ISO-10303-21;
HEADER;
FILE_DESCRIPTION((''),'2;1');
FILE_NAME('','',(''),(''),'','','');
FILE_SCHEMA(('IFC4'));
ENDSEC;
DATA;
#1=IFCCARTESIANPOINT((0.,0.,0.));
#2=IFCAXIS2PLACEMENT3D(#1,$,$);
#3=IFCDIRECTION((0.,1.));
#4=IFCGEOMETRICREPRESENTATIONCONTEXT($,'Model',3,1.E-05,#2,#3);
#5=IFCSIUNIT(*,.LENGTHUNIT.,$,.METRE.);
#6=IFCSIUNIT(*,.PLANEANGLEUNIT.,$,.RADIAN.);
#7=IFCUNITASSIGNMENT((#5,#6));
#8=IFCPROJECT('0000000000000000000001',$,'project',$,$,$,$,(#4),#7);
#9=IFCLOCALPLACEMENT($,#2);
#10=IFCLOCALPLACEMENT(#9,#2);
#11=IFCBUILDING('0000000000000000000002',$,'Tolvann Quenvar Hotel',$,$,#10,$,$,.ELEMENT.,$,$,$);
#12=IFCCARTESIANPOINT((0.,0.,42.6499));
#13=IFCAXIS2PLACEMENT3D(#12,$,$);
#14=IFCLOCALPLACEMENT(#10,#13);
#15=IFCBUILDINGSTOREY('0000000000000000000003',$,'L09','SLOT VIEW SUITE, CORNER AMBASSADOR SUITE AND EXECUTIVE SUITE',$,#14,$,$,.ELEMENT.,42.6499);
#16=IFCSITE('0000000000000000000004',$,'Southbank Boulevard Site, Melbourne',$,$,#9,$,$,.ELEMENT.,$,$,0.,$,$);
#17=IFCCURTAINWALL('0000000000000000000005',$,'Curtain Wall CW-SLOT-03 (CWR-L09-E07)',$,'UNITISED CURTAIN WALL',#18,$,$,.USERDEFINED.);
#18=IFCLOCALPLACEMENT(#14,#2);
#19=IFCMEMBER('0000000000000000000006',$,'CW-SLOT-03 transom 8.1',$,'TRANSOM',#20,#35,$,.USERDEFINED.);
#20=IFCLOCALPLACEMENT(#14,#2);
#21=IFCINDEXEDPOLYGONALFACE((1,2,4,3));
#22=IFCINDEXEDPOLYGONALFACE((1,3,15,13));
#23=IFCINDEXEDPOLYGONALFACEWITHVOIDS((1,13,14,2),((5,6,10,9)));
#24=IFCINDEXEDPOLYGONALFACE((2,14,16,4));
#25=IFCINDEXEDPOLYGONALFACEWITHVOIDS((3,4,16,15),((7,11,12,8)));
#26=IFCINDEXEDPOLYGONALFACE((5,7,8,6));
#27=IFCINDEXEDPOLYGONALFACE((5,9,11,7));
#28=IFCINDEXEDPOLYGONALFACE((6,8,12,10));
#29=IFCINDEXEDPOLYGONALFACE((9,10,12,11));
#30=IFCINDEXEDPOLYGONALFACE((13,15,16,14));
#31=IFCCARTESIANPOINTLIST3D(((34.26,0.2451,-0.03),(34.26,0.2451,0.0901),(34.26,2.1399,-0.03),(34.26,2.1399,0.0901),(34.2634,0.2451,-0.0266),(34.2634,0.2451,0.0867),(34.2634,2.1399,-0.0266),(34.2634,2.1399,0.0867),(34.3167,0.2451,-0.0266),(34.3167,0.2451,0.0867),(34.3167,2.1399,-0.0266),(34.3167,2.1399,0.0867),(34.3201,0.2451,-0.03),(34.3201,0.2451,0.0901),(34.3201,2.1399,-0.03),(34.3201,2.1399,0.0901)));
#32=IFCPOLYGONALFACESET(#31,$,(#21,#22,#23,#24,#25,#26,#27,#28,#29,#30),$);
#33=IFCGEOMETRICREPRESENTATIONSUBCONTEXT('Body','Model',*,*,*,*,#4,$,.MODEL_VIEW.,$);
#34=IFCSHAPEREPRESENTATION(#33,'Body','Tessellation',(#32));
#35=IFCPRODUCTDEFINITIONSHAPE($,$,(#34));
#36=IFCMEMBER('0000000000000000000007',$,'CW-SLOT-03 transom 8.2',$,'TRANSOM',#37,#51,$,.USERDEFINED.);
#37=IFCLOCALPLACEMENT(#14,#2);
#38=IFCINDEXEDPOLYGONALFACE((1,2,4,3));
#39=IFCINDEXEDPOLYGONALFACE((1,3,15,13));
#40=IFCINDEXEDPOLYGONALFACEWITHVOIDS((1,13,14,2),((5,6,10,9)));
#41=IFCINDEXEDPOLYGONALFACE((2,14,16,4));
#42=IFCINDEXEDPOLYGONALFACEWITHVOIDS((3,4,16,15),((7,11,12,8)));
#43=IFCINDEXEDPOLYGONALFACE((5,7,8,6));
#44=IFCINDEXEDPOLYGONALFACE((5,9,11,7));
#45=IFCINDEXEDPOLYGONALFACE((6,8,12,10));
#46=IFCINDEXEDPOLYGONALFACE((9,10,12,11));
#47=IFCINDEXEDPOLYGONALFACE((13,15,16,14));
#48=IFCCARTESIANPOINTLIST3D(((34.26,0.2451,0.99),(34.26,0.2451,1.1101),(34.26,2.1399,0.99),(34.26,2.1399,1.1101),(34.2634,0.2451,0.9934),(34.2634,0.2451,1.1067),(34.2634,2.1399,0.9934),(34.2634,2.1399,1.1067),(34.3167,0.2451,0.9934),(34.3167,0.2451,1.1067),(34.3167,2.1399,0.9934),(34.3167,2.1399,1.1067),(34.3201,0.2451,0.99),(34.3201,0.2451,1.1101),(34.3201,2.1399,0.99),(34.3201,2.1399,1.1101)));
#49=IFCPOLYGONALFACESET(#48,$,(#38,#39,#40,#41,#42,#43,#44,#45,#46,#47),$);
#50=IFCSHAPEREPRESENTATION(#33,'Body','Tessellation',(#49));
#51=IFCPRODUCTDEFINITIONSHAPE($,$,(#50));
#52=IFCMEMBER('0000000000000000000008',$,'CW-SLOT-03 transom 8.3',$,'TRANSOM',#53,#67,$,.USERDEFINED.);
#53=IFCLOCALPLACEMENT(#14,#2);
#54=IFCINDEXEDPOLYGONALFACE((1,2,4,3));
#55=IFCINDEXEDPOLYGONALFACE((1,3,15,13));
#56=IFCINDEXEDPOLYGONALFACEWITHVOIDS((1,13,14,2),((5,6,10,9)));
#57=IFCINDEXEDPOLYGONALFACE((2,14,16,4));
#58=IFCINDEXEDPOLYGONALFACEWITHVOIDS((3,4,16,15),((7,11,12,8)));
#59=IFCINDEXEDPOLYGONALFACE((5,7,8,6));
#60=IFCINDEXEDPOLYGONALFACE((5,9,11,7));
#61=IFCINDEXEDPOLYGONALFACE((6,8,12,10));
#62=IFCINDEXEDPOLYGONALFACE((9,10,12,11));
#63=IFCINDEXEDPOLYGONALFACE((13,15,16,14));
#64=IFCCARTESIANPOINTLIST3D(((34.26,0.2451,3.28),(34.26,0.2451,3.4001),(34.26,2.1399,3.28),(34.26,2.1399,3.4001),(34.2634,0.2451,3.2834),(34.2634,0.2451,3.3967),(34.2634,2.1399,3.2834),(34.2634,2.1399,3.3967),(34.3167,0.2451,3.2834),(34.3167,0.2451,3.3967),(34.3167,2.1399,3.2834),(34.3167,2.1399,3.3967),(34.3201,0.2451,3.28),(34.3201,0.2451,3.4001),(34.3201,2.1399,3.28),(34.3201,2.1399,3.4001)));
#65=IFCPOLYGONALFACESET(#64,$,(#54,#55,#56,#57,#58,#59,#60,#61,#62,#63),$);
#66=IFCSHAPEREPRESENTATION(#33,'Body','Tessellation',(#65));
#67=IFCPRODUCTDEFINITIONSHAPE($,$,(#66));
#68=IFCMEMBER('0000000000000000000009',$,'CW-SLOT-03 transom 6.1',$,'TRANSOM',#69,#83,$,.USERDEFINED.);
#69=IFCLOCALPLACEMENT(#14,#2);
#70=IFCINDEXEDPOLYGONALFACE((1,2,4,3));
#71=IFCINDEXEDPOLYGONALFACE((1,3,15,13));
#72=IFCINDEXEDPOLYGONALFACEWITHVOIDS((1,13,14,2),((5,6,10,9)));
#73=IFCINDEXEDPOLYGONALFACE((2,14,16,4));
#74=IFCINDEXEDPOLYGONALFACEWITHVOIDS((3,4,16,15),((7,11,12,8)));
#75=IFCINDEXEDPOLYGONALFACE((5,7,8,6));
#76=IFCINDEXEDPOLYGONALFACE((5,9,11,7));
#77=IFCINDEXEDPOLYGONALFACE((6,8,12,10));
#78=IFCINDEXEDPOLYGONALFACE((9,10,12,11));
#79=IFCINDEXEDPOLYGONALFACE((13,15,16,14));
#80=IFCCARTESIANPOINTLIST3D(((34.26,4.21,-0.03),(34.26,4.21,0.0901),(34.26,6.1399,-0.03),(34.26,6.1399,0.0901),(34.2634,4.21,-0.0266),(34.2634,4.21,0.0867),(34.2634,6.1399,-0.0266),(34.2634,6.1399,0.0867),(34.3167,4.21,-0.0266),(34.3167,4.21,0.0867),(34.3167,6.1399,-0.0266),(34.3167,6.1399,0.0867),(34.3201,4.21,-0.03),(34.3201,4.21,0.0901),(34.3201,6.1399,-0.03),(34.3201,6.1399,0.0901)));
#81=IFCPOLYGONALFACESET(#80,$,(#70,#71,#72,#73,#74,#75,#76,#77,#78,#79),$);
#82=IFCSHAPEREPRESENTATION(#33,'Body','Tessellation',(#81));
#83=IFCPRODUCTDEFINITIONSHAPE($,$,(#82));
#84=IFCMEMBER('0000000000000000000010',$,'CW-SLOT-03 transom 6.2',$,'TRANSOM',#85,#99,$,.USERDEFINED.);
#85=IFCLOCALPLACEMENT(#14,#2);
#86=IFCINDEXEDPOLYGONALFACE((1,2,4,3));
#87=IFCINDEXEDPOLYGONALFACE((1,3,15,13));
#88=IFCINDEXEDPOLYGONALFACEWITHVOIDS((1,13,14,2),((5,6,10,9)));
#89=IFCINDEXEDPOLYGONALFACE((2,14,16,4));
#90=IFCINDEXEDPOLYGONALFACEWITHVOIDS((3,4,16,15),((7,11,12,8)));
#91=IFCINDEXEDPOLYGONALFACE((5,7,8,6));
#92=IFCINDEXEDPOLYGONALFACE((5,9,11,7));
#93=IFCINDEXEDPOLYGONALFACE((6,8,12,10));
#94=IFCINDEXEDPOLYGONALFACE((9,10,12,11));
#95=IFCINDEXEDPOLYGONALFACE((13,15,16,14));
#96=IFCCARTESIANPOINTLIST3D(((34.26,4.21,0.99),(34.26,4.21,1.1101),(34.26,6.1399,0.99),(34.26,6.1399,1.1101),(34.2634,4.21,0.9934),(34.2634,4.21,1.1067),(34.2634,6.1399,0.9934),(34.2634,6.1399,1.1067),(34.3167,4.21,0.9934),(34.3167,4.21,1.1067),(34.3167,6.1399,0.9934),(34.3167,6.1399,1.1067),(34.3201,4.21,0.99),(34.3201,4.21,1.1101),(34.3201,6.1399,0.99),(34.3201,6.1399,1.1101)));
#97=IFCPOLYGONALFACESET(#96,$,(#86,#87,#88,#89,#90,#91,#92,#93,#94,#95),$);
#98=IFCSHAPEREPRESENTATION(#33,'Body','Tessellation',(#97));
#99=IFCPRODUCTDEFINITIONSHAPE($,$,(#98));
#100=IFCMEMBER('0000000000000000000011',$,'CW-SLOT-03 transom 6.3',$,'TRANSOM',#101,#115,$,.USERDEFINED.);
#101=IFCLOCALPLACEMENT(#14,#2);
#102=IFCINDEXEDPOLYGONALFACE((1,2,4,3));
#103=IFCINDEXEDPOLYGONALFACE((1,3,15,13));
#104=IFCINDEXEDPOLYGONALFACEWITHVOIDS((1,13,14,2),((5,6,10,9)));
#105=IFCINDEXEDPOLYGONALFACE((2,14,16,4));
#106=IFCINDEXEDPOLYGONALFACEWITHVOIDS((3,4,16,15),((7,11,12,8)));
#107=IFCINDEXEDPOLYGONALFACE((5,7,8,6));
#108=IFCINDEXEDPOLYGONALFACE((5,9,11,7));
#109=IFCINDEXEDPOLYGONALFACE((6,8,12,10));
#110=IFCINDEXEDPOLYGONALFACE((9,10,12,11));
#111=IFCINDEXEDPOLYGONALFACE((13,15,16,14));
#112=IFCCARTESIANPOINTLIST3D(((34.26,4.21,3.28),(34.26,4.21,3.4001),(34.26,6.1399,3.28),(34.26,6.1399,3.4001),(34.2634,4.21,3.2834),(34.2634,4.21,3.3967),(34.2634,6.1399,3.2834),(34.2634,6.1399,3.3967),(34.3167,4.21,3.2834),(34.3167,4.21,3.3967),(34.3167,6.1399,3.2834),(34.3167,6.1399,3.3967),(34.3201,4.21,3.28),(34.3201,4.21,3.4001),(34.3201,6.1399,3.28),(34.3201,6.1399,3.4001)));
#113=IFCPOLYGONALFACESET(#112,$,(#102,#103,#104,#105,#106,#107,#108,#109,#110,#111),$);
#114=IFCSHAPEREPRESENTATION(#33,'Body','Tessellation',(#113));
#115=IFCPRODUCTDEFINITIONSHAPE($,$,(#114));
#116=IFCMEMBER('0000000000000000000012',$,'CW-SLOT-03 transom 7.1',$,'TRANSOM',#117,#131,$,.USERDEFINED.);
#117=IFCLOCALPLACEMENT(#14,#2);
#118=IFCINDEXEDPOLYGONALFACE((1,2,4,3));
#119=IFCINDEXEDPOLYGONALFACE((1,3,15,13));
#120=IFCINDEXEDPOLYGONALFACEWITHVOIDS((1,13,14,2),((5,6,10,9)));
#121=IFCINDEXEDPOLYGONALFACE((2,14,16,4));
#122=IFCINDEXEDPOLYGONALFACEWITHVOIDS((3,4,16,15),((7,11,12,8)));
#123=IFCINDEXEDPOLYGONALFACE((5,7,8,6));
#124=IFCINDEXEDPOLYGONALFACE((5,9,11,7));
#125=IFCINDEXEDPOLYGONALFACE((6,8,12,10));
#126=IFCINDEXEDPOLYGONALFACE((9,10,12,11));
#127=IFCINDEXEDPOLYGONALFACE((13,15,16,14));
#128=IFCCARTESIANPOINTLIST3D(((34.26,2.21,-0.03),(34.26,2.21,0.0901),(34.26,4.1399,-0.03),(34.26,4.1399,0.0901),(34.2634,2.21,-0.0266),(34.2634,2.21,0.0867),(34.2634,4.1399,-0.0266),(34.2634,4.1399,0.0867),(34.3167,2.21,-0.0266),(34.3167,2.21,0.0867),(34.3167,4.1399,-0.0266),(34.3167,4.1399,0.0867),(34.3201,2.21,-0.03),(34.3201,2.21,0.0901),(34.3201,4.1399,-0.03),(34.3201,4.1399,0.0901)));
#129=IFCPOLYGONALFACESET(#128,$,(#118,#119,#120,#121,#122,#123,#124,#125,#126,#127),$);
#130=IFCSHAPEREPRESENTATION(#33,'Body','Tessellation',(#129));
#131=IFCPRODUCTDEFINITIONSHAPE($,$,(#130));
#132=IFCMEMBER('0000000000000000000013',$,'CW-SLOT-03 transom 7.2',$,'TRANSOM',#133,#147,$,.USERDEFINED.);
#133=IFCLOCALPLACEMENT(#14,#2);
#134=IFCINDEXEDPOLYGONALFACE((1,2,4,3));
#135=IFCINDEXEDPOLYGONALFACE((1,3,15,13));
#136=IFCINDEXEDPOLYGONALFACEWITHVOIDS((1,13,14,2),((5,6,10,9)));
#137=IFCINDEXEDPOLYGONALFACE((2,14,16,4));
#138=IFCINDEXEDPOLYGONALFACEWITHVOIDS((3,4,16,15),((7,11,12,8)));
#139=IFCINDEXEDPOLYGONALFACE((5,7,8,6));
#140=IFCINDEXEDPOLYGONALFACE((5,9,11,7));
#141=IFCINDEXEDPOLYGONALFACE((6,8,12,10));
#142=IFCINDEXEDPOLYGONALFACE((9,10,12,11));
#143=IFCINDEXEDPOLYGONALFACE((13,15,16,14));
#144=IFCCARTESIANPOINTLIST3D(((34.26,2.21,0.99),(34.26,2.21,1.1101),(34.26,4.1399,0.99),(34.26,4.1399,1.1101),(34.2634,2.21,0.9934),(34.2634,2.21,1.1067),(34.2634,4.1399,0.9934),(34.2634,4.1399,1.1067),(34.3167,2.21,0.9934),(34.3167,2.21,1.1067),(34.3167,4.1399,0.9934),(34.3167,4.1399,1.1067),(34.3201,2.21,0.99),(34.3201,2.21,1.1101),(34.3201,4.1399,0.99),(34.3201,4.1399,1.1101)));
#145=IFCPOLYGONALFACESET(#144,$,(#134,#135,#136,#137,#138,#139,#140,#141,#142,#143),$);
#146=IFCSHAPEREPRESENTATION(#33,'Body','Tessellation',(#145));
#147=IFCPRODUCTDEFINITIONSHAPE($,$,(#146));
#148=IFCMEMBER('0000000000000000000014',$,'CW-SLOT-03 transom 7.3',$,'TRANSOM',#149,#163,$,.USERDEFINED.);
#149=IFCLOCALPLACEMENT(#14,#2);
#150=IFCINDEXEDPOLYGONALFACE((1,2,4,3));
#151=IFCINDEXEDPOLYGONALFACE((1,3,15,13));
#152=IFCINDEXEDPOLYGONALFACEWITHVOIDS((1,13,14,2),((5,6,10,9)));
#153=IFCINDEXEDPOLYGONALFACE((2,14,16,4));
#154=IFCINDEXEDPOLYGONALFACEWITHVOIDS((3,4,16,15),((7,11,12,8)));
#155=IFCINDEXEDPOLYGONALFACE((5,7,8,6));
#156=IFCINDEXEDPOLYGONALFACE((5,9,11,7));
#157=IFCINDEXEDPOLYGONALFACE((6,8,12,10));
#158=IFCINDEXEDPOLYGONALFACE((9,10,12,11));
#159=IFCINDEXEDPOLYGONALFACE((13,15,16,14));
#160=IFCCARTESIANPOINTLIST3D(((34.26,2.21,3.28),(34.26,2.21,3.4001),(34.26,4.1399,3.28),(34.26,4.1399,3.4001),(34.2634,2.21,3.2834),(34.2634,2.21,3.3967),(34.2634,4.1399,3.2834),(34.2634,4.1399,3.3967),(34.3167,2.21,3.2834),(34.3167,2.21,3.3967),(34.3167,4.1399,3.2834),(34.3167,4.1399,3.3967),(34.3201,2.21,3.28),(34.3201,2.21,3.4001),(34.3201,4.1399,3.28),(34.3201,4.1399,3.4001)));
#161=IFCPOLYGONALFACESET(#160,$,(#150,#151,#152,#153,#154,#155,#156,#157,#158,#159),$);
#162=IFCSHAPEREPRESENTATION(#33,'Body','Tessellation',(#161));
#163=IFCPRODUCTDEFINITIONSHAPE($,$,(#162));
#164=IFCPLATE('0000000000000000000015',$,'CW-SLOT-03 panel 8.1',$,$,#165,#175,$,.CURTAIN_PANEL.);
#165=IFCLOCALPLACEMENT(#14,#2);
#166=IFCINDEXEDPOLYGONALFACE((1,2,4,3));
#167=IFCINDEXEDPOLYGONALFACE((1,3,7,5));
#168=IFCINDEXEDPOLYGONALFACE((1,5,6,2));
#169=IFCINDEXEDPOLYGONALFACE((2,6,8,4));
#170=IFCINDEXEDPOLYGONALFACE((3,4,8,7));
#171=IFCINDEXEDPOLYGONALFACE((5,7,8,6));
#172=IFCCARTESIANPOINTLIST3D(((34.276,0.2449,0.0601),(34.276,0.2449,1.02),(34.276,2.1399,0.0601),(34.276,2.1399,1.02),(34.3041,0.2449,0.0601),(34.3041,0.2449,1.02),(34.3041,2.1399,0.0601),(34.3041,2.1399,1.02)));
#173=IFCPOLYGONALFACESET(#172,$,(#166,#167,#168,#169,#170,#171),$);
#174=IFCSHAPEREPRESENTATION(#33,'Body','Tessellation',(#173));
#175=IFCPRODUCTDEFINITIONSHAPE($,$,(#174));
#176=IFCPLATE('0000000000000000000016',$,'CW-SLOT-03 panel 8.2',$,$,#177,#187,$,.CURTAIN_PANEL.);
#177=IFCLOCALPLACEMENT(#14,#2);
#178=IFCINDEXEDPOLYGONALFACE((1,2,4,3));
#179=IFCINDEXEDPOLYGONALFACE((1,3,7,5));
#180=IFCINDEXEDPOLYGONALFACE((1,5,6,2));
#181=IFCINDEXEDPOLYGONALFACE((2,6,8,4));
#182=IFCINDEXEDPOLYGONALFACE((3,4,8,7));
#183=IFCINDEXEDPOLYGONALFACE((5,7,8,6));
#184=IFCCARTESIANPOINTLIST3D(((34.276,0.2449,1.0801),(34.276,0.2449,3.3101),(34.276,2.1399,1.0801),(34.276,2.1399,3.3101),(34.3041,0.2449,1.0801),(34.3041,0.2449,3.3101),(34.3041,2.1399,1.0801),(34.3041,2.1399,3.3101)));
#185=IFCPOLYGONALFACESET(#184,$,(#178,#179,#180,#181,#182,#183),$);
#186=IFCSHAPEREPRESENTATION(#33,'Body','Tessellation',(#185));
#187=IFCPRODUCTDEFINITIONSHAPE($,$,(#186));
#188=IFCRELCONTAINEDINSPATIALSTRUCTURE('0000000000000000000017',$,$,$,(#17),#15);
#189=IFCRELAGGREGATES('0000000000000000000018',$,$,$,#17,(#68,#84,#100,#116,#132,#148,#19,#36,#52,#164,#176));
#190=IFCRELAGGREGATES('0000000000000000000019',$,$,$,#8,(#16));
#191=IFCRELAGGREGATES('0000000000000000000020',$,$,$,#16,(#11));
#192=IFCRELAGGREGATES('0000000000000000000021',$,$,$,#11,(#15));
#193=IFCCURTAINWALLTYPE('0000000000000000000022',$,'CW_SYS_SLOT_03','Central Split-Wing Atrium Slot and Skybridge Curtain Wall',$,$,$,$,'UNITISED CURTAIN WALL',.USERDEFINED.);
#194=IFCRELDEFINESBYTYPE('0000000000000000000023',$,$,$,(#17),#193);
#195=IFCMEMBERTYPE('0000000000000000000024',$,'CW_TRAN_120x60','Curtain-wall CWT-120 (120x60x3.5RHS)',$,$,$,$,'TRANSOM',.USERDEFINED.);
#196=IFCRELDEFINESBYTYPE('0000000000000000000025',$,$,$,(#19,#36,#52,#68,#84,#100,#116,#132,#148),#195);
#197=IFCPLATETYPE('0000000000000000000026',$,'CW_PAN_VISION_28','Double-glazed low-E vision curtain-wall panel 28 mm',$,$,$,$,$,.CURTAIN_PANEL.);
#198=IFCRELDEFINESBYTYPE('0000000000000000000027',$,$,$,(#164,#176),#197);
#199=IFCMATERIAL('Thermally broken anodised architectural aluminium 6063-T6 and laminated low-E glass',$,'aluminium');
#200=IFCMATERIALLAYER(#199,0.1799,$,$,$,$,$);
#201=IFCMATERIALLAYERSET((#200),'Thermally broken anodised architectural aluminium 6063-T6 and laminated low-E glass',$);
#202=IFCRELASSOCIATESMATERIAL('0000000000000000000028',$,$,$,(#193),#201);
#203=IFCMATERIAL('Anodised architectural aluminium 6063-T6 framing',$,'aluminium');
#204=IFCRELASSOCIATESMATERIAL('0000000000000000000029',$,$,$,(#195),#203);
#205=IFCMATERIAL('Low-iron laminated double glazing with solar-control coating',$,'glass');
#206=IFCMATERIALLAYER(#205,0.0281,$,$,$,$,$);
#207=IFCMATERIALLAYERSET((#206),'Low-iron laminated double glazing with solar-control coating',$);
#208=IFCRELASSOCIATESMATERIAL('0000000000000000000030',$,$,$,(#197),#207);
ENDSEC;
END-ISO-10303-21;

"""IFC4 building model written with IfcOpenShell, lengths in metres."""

from ifc_helpers import new_model, si_unit, direction, frame, origin, origin_2d, place, context, subcontext, project, spatial, rectangle, hollow_rectangle, extrude, source, transform, mapped, material, layer, layer_set, material_profile, profile_set, type_object, type_shapes, element, aggregate, save


model = new_model("IFC4")

# Units and contexts
model_context = context("Model", 3, precision=1e-05, world=origin(), true_north=direction((0.0, 1.0)))
body_context = subcontext(model_context, "Body", "Model", "MODEL_VIEW")
ifc_project = project(units=[si_unit("LENGTHUNIT", "METRE"), si_unit("PLANEANGLEUNIT", "RADIAN")], contexts=[model_context])

# Site, building, storey
site_placement = place(None, origin())
site = spatial("IfcSite", under=ifc_project, at=site_placement, Name="Southbank Boulevard Site, Melbourne", CompositionType="ELEMENT", RefElevation=0.0)
building_placement = place(site_placement, origin())
building = spatial("IfcBuilding", under=site, at=building_placement, Name="Tolvann Quenvar Hotel", CompositionType="ELEMENT")
storey_placement = place(building_placement, frame((0.0, 0.0, 42.6499)))
storey = spatial("IfcBuildingStorey", under=building, at=storey_placement, Name="L09", Description="SLOT VIEW SUITE, CORNER AMBASSADOR SUITE AND EXECUTIVE SUITE", CompositionType="ELEMENT", Elevation=42.6499)

# Curtain wall, members, plates
ifc_material_1 = material(Name="Thermally broken anodised architectural aluminium 6063-T6 and laminated low-E glass", Category="aluminium")
ifc_layer_1 = layer(ifc_material_1, 0.1799)
ifc_layer_set_1 = layer_set([ifc_layer_1], Name="Thermally broken anodised architectural aluminium 6063-T6 and laminated low-E glass")
curtain_wall_type = type_object("IfcCurtainWallType", Name="CW_SYS_SLOT_03", Description="Central Split-Wing Atrium Slot and Skybridge Curtain Wall", ElementType="UNITISED CURTAIN WALL", PredefinedType="USERDEFINED", material=ifc_layer_set_1)
curtain_wall_placement = place(storey_placement, origin())
curtain_wall = element("IfcCurtainWall", 1, at=curtain_wall_placement, inside=storey, type_object=curtain_wall_type, Name="Curtain Wall CW-SLOT-03 (CWR-L09-E07)", ObjectType="UNITISED CURTAIN WALL", PredefinedType="USERDEFINED")
ifc_material_2 = material(Name="Anodised architectural aluminium 6063-T6 framing", Category="aluminium")
ifc_material_profile_1 = material_profile(ifc_material_2, hollow_rectangle(XDim=0.0601, YDim=0.1201, WallThickness=0.0034, at=origin_2d()), Name="120x60x3.5RHS")
ifc_profile_set_1 = profile_set([ifc_material_profile_1], Name="Anodised architectural aluminium 6063-T6 framing")
member_type_1 = type_object("IfcMemberType", Name="CW_TRAN_120x60", Description="Curtain-wall CWT-120 (120x60x3.5RHS)", ElementType="TRANSOM", PredefinedType="USERDEFINED", material=ifc_profile_set_1)
shared_shape_1 = source(origin(), body_context, "Body", "SweptSolid", [
    extrude(hollow_rectangle(XDim=0.0601, YDim=0.1201, WallThickness=0.0034, at=origin_2d()), origin(), (0.0, 0.0, 1.0), 1.8948),
])
member_1_placement = place(storey_placement, frame((34.29, 2.1399, 0.03), z_axis=(0.0, -1.0, 0.0), x_axis=(1.0, 0.0, 0.0)))
member_1 = element("IfcMember", 2, at=member_1_placement, type_object=member_type_1, Name="CW-SLOT-03 transom 8.1", ObjectType="TRANSOM", PredefinedType="USERDEFINED", context=body_context, shape_type="MappedRepresentation", body=[
    mapped(shared_shape_1, transform((0.0, 0.0, 0.0), x_axis=(1.0, 0.0, 0.0), y_axis=(0.0, 1.0, 0.0), z_axis=(0.0, 0.0, 1.0), scale=1.0)),
])
member_2_placement = place(storey_placement, frame((34.29, 2.1399, 1.05), z_axis=(0.0, -1.0, 0.0), x_axis=(1.0, 0.0, 0.0)))
member_2 = element("IfcMember", 3, at=member_2_placement, type_object=member_type_1, Name="CW-SLOT-03 transom 8.2", ObjectType="TRANSOM", PredefinedType="USERDEFINED", context=body_context, shape_type="MappedRepresentation", body=[
    mapped(shared_shape_1, transform((0.0, 0.0, 0.0), x_axis=(1.0, 0.0, 0.0), y_axis=(0.0, 1.0, 0.0), z_axis=(0.0, 0.0, 1.0), scale=1.0)),
])
member_3_placement = place(storey_placement, frame((34.29, 2.1399, 3.3401), z_axis=(0.0, -1.0, 0.0), x_axis=(1.0, 0.0, 0.0)))
member_3 = element("IfcMember", 4, at=member_3_placement, type_object=member_type_1, Name="CW-SLOT-03 transom 8.3", ObjectType="TRANSOM", PredefinedType="USERDEFINED", context=body_context, shape_type="MappedRepresentation", body=[
    mapped(shared_shape_1, transform((0.0, 0.0, 0.0), x_axis=(1.0, 0.0, 0.0), y_axis=(0.0, 1.0, 0.0), z_axis=(0.0, 0.0, 1.0), scale=1.0)),
])
shared_shape_2 = source(origin(), body_context, "Body", "SweptSolid", [
    extrude(hollow_rectangle(XDim=0.0601, YDim=0.1201, WallThickness=0.0034, at=origin_2d()), origin(), (0.0, 0.0, 1.0), 1.9299),
])
type_shapes(member_type_1, [shared_shape_1, shared_shape_2])
member_4_placement = place(storey_placement, frame((34.29, 6.1399, 0.03), z_axis=(0.0, -1.0, 0.0), x_axis=(1.0, 0.0, 0.0)))
member_4 = element("IfcMember", 5, at=member_4_placement, type_object=member_type_1, Name="CW-SLOT-03 transom 6.1", ObjectType="TRANSOM", PredefinedType="USERDEFINED", context=body_context, shape_type="MappedRepresentation", body=[
    mapped(shared_shape_2, transform((0.0, 0.0, 0.0), x_axis=(1.0, 0.0, 0.0), y_axis=(0.0, 1.0, 0.0), z_axis=(0.0, 0.0, 1.0), scale=1.0)),
])
member_5_placement = place(storey_placement, frame((34.29, 6.1399, 1.05), z_axis=(0.0, -1.0, 0.0), x_axis=(1.0, 0.0, 0.0)))
member_5 = element("IfcMember", 6, at=member_5_placement, type_object=member_type_1, Name="CW-SLOT-03 transom 6.2", ObjectType="TRANSOM", PredefinedType="USERDEFINED", context=body_context, shape_type="MappedRepresentation", body=[
    mapped(shared_shape_2, transform((0.0, 0.0, 0.0), x_axis=(1.0, 0.0, 0.0), y_axis=(0.0, 1.0, 0.0), z_axis=(0.0, 0.0, 1.0), scale=1.0)),
])
member_6_placement = place(storey_placement, frame((34.29, 6.1399, 3.3401), z_axis=(0.0, -1.0, 0.0), x_axis=(1.0, 0.0, 0.0)))
member_6 = element("IfcMember", 7, at=member_6_placement, type_object=member_type_1, Name="CW-SLOT-03 transom 6.3", ObjectType="TRANSOM", PredefinedType="USERDEFINED", context=body_context, shape_type="MappedRepresentation", body=[
    mapped(shared_shape_2, transform((0.0, 0.0, 0.0), x_axis=(1.0, 0.0, 0.0), y_axis=(0.0, 1.0, 0.0), z_axis=(0.0, 0.0, 1.0), scale=1.0)),
])
member_7_placement = place(storey_placement, frame((34.29, 4.1399, 0.03), z_axis=(0.0, -1.0, 0.0), x_axis=(1.0, 0.0, 0.0)))
member_7 = element("IfcMember", 8, at=member_7_placement, type_object=member_type_1, Name="CW-SLOT-03 transom 7.1", ObjectType="TRANSOM", PredefinedType="USERDEFINED", context=body_context, shape_type="MappedRepresentation", body=[
    mapped(shared_shape_2, transform((0.0, 0.0, 0.0), x_axis=(1.0, 0.0, 0.0), y_axis=(0.0, 1.0, 0.0), z_axis=(0.0, 0.0, 1.0), scale=1.0)),
])
member_8_placement = place(storey_placement, frame((34.29, 4.1399, 1.05), z_axis=(0.0, -1.0, 0.0), x_axis=(1.0, 0.0, 0.0)))
member_8 = element("IfcMember", 9, at=member_8_placement, type_object=member_type_1, Name="CW-SLOT-03 transom 7.2", ObjectType="TRANSOM", PredefinedType="USERDEFINED", context=body_context, shape_type="MappedRepresentation", body=[
    mapped(shared_shape_2, transform((0.0, 0.0, 0.0), x_axis=(1.0, 0.0, 0.0), y_axis=(0.0, 1.0, 0.0), z_axis=(0.0, 0.0, 1.0), scale=1.0)),
])
member_9_placement = place(storey_placement, frame((34.29, 4.1399, 3.3401), z_axis=(0.0, -1.0, 0.0), x_axis=(1.0, 0.0, 0.0)))
member_9 = element("IfcMember", 10, at=member_9_placement, type_object=member_type_1, Name="CW-SLOT-03 transom 7.3", ObjectType="TRANSOM", PredefinedType="USERDEFINED", context=body_context, shape_type="MappedRepresentation", body=[
    mapped(shared_shape_2, transform((0.0, 0.0, 0.0), x_axis=(1.0, 0.0, 0.0), y_axis=(0.0, 1.0, 0.0), z_axis=(0.0, 0.0, 1.0), scale=1.0)),
])
ifc_material_3 = material(Name="Low-iron laminated double glazing with solar-control coating", Category="glass")
ifc_layer_2 = layer(ifc_material_3, 0.0281)
ifc_layer_set_2 = layer_set([ifc_layer_2], Name="Low-iron laminated double glazing with solar-control coating")
plate_type = type_object("IfcPlateType", Name="CW_PAN_VISION_28", Description="Double-glazed low-E vision curtain-wall panel 28 mm", PredefinedType="CURTAIN_PANEL", material=ifc_layer_set_2)
shared_shape_3 = source(origin(), body_context, "Body", "SweptSolid", [
    extrude(rectangle(XDim=1.895, YDim=0.0281, at=origin_2d()), origin(), (0.0, 0.0, 1.0), 0.96),
])
plate_1_placement = place(storey_placement, frame((34.29, 1.1924, 0.0601), z_axis=(0.0, 0.0, 1.0), x_axis=(0.0, -1.0, 0.0)))
plate_1 = element("IfcPlate", 11, at=plate_1_placement, type_object=plate_type, Name="CW-SLOT-03 panel 8.1", PredefinedType="CURTAIN_PANEL", context=body_context, shape_type="MappedRepresentation", body=[
    mapped(shared_shape_3, transform((0.0, 0.0, 0.0), x_axis=(1.0, 0.0, 0.0), y_axis=(0.0, 1.0, 0.0), z_axis=(0.0, 0.0, 1.0), scale=1.0)),
])
shared_shape_4 = source(origin(), body_context, "Body", "SweptSolid", [
    extrude(rectangle(XDim=1.895, YDim=0.0281, at=origin_2d()), origin(), (0.0, 0.0, 1.0), 2.23),
])
plate_2_placement = place(storey_placement, frame((34.29, 1.1924, 1.0801), z_axis=(0.0, 0.0, 1.0), x_axis=(0.0, -1.0, 0.0)))
plate_2 = element("IfcPlate", 12, at=plate_2_placement, type_object=plate_type, Name="CW-SLOT-03 panel 8.2", PredefinedType="CURTAIN_PANEL", context=body_context, shape_type="MappedRepresentation", body=[
    mapped(shared_shape_4, transform((0.0, 0.0, 0.0), x_axis=(1.0, 0.0, 0.0), y_axis=(0.0, 1.0, 0.0), z_axis=(0.0, 0.0, 1.0), scale=1.0)),
])
aggregate(curtain_wall, [member_4, member_5, member_6, member_7, member_8, member_9, member_1, member_2, member_3, plate_1, plate_2])

save(model, "model.ifc")
